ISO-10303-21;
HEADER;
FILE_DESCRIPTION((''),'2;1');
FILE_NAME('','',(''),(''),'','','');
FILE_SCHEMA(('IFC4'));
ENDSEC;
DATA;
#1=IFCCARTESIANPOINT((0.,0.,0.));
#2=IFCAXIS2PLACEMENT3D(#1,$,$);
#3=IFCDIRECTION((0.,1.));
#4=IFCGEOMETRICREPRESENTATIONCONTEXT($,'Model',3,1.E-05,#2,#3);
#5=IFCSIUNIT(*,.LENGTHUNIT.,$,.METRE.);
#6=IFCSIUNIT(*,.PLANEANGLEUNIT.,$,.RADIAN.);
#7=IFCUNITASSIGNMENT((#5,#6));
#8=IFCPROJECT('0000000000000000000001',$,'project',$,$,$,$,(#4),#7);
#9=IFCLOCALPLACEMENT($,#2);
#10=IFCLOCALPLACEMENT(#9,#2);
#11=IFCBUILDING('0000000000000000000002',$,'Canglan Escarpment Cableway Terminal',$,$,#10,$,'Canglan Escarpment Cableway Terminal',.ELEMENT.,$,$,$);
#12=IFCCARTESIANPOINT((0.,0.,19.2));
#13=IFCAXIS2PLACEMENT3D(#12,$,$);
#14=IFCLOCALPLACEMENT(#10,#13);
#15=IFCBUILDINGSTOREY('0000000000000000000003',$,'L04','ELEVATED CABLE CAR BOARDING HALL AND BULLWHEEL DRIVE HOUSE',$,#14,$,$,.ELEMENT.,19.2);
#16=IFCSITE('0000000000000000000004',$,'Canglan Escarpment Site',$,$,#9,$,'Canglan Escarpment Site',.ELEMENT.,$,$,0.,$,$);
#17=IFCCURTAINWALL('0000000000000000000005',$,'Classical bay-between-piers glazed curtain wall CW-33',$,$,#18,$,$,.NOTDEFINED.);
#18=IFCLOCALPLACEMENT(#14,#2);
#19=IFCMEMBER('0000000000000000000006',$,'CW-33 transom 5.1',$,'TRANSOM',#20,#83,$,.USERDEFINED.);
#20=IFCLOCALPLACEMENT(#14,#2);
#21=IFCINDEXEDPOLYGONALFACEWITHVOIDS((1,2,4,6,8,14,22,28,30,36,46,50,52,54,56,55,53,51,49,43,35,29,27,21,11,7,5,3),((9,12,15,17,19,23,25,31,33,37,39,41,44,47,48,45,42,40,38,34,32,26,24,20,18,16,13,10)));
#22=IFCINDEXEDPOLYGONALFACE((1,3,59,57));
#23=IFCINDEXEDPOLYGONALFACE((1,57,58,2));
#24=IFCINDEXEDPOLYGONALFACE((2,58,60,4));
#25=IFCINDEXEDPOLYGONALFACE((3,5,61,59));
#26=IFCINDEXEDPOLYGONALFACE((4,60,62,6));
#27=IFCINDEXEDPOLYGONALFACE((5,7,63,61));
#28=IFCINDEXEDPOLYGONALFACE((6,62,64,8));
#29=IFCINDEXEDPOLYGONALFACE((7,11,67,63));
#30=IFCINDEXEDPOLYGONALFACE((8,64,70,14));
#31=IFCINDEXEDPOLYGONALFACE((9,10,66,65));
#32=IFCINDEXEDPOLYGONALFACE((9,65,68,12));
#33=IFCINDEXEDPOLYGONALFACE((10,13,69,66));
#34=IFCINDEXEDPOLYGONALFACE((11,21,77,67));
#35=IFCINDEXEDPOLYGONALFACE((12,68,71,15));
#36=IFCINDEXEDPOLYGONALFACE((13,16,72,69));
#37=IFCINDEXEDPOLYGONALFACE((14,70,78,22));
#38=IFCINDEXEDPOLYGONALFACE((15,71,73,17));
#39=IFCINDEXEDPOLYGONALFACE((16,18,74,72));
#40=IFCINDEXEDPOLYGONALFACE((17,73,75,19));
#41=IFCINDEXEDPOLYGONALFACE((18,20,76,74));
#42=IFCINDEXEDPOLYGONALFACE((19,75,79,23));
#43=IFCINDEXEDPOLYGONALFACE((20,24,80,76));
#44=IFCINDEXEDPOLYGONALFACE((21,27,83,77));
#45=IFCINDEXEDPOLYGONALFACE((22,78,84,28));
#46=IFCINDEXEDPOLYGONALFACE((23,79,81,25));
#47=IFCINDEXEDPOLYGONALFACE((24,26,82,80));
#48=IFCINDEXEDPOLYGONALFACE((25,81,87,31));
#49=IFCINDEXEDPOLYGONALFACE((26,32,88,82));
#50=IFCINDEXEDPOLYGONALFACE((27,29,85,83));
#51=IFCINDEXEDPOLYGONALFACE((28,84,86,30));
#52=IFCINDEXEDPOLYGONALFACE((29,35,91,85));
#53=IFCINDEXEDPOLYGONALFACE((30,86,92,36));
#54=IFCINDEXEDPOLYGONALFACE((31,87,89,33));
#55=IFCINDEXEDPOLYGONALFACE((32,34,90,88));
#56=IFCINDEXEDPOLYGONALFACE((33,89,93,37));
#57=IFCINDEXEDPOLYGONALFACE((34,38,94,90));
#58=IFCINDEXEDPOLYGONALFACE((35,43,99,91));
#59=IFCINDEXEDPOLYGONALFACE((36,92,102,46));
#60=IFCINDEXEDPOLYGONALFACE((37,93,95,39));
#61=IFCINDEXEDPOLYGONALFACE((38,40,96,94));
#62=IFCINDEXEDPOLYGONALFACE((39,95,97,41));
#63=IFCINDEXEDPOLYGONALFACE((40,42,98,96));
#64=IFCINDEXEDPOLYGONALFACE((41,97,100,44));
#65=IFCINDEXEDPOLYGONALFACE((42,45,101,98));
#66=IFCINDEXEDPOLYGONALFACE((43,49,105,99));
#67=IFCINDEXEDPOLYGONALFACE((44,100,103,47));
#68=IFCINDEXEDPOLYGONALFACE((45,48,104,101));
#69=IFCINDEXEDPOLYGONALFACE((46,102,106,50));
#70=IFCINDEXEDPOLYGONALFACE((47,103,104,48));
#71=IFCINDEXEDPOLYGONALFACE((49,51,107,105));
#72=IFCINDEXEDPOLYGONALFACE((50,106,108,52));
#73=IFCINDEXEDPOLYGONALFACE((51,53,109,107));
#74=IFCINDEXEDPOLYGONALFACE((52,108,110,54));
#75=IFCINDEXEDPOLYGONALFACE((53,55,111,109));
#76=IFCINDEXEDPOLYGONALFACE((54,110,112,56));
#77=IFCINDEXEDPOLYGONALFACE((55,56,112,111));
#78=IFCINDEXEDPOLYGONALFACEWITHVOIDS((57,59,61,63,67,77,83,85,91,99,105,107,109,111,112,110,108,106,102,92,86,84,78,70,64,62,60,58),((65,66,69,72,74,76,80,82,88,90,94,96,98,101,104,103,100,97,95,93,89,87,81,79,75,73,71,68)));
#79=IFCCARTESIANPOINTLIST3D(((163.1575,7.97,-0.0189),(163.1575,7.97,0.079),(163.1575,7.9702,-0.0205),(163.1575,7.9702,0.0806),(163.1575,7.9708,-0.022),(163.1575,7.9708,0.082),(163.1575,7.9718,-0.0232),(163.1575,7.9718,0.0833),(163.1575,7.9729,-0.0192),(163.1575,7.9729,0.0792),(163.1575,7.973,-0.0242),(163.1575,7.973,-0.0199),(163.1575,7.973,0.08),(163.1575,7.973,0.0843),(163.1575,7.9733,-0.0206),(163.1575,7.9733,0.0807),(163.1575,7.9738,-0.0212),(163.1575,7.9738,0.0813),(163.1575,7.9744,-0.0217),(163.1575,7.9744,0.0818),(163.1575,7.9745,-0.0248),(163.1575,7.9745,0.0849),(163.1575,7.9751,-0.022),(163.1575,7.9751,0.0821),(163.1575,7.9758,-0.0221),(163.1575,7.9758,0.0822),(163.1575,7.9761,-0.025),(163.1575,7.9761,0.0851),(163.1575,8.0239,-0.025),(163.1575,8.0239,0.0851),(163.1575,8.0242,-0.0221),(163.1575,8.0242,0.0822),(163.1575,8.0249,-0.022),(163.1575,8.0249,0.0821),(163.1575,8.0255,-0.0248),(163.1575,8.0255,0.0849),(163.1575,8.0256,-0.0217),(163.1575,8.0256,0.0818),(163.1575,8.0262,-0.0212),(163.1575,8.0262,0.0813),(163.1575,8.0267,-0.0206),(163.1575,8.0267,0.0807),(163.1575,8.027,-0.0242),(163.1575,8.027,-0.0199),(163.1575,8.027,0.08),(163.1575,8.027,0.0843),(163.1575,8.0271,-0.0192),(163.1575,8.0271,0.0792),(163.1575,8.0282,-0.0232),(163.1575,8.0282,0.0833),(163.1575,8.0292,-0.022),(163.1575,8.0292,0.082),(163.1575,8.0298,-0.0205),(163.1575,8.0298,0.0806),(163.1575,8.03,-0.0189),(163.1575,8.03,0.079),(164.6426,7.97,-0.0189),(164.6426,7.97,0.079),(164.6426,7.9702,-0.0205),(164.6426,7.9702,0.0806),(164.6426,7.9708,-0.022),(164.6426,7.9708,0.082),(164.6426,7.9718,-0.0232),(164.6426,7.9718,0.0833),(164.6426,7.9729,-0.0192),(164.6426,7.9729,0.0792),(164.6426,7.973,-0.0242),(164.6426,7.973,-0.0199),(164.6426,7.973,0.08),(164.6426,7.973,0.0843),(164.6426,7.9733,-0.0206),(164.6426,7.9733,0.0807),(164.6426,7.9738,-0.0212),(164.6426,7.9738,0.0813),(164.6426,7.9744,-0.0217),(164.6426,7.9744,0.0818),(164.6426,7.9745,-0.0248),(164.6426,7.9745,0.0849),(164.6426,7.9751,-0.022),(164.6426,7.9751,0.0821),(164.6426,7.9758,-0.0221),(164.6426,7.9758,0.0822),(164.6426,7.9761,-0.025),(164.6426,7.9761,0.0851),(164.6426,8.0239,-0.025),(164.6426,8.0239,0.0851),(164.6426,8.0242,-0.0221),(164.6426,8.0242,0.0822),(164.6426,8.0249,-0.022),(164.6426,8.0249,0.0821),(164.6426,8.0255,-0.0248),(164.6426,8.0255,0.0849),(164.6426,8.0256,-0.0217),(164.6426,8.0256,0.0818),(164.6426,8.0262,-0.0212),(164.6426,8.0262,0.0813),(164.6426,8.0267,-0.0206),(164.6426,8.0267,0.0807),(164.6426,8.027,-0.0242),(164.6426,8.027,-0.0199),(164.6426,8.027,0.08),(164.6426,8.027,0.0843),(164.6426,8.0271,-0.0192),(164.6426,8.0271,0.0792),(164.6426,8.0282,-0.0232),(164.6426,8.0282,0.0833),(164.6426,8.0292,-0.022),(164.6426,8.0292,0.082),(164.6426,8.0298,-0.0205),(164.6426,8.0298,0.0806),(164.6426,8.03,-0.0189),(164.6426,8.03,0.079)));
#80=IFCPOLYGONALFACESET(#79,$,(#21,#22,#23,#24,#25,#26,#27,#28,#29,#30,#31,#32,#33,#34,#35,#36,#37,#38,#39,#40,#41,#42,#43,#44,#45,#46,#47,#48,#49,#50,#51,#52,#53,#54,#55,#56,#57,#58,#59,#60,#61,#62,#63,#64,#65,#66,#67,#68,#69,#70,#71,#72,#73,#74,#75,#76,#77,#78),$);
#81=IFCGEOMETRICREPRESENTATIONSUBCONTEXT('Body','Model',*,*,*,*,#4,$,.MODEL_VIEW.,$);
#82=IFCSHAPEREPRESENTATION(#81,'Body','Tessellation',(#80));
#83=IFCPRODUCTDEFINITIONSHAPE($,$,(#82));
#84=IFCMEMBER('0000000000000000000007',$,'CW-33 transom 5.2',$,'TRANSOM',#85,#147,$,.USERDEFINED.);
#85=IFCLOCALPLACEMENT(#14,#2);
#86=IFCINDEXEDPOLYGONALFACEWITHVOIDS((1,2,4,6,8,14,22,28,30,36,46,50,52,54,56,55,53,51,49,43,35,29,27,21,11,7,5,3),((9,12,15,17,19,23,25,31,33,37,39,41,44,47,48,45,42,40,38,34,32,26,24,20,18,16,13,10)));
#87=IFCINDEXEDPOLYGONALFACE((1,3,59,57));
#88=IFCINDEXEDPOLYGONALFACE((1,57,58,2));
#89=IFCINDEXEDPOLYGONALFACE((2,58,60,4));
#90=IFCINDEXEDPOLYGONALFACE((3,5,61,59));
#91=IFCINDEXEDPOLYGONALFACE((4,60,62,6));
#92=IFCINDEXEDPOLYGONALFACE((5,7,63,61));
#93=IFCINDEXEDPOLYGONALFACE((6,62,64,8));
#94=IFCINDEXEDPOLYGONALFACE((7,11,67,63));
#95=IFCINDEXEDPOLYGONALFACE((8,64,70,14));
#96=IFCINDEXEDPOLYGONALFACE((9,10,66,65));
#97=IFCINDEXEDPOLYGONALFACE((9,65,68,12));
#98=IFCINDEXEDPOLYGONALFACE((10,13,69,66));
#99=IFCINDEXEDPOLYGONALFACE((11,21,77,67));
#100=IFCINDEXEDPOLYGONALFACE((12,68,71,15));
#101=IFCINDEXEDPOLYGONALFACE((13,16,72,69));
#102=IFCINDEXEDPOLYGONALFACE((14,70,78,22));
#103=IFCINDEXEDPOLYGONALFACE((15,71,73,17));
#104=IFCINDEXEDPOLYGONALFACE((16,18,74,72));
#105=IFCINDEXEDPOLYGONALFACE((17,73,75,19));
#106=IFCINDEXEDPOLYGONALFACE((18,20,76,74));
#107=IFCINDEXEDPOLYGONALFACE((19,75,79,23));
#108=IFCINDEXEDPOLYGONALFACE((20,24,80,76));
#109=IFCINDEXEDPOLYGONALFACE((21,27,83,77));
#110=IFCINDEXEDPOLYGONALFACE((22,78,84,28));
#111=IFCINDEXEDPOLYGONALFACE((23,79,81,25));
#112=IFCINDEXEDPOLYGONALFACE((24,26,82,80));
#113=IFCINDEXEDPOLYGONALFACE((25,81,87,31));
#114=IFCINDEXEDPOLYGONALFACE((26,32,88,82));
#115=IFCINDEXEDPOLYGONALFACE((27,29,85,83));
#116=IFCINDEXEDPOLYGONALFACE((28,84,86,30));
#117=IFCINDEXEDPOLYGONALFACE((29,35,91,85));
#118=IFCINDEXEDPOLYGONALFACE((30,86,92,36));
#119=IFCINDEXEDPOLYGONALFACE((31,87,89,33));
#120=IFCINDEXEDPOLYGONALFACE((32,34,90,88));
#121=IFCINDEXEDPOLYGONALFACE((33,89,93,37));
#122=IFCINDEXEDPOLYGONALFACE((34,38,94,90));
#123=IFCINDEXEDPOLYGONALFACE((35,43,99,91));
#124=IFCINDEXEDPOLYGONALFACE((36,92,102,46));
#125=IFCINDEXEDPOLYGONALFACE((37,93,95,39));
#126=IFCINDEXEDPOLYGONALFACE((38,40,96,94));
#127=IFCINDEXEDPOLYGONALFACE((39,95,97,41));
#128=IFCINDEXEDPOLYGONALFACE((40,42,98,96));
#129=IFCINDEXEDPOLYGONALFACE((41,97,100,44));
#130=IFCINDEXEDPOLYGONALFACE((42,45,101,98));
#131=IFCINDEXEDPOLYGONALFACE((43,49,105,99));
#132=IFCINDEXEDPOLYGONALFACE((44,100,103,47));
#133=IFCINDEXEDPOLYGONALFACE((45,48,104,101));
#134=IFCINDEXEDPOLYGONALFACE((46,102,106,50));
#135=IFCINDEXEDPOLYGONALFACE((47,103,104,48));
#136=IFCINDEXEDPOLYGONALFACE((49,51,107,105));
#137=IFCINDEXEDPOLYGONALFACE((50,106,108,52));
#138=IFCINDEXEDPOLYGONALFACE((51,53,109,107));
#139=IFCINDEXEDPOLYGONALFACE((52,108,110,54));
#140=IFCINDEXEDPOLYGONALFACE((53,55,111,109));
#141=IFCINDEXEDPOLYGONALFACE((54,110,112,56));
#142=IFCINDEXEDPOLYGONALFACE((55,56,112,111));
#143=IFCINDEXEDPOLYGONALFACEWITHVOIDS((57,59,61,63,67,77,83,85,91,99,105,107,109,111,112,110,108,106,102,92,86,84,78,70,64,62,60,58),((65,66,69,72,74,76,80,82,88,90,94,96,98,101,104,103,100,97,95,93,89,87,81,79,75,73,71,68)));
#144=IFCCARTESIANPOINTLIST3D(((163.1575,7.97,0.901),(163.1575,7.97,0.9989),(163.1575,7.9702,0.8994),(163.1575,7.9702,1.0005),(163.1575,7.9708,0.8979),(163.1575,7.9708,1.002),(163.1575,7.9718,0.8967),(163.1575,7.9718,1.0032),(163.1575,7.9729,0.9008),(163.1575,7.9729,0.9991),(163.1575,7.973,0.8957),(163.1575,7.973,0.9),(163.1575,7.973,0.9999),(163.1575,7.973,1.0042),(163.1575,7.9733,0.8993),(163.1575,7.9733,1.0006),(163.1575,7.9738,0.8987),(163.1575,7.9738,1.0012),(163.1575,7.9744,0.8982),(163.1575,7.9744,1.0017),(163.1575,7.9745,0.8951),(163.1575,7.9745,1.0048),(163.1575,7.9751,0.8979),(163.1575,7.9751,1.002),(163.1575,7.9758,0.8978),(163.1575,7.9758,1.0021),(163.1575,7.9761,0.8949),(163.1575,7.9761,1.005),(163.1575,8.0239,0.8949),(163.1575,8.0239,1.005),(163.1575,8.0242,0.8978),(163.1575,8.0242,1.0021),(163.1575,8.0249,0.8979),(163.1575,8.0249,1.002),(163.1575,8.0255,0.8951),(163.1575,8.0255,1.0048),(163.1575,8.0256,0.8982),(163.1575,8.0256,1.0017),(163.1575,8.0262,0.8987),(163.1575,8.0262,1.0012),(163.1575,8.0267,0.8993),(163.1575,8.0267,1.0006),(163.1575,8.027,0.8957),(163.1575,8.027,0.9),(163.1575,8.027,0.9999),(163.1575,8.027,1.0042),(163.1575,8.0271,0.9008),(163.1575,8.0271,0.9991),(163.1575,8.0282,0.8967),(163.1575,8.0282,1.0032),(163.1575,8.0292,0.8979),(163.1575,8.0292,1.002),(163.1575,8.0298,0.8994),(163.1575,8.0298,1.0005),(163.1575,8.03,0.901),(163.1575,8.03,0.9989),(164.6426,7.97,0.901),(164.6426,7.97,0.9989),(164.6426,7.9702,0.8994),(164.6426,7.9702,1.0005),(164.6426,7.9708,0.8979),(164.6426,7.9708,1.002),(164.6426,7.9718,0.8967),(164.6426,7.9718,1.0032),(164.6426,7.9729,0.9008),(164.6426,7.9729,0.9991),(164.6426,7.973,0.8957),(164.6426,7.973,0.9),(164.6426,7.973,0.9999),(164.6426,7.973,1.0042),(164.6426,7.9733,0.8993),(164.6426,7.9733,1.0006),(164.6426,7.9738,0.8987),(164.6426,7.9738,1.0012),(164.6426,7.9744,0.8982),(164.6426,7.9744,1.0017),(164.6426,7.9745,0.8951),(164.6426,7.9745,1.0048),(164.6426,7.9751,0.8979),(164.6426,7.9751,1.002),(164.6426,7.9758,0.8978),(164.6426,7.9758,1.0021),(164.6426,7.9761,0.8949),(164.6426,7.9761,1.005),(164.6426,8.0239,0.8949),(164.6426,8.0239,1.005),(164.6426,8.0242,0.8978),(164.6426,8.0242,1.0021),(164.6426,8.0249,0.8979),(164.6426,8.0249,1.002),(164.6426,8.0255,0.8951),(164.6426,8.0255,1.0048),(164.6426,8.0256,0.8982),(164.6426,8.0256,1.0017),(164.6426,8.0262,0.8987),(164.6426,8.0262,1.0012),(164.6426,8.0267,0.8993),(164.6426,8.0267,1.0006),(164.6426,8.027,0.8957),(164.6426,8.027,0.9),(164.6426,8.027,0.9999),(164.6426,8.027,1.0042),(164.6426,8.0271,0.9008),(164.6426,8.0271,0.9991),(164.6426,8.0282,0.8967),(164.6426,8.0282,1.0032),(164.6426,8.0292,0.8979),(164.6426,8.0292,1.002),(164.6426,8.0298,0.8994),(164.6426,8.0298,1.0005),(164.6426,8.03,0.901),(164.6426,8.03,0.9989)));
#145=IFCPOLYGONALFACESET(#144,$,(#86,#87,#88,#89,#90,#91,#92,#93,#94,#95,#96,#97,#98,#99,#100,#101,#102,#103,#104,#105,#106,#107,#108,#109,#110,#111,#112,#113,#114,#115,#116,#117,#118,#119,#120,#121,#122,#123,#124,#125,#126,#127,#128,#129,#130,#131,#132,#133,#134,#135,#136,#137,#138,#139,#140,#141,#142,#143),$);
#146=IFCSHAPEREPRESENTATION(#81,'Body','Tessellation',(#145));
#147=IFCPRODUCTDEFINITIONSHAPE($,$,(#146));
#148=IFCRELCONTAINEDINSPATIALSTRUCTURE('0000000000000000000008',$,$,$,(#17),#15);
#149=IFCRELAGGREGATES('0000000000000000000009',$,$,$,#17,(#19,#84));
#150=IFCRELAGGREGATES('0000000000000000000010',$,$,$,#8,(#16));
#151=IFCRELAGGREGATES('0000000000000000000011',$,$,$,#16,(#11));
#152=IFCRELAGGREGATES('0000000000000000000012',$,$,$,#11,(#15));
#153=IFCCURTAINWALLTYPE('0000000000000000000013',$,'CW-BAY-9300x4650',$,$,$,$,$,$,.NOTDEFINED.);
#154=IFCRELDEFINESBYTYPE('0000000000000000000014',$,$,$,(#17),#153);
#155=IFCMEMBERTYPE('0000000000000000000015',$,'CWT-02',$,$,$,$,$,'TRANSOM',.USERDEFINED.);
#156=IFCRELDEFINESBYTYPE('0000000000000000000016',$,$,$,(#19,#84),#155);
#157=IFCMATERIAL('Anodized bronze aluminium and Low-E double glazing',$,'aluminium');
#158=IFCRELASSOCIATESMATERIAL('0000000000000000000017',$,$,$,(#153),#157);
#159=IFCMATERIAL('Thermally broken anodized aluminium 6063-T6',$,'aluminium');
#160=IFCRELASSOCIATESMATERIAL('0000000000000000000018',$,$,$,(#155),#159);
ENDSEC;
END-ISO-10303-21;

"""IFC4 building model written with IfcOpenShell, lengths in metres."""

from ifc_helpers import new_model, si_unit, direction, frame, origin, origin_2d, place, context, subcontext, project, spatial, hollow_rectangle, extrude, material, material_profile, profile_set, type_object, element, aggregate, save


model = new_model("IFC4")

# Units and contexts
model_context = context("Model", 3, precision=1e-05, world=origin(), true_north=direction((0.0, 1.0)))
body_context = subcontext(model_context, "Body", "Model", "MODEL_VIEW")
ifc_project = project(units=[si_unit("LENGTHUNIT", "METRE"), si_unit("PLANEANGLEUNIT", "RADIAN")], contexts=[model_context])

# Site, building, storey
site_placement = place(None, origin())
site = spatial("IfcSite", under=ifc_project, at=site_placement, Name="Canglan Escarpment Site", LongName="Canglan Escarpment Site", CompositionType="ELEMENT", RefElevation=0.0)
building_placement = place(site_placement, origin())
building = spatial("IfcBuilding", under=site, at=building_placement, Name="Canglan Escarpment Cableway Terminal", LongName="Canglan Escarpment Cableway Terminal", CompositionType="ELEMENT")
storey_placement = place(building_placement, frame((0.0, 0.0, 19.2)))
storey = spatial("IfcBuildingStorey", under=building, at=storey_placement, Name="L04", Description="ELEVATED CABLE CAR BOARDING HALL AND BULLWHEEL DRIVE HOUSE", CompositionType="ELEMENT", Elevation=19.2)

# Curtain wall, members
ifc_material_1 = material(Name="Anodized bronze aluminium and Low-E double glazing", Category="aluminium")
curtain_wall_type = type_object("IfcCurtainWallType", Name="CW-BAY-9300x4650", PredefinedType="NOTDEFINED", material=ifc_material_1)
curtain_wall_placement = place(storey_placement, origin())
curtain_wall = element("IfcCurtainWall", 1, at=curtain_wall_placement, inside=storey, type_object=curtain_wall_type, Name="Classical bay-between-piers glazed curtain wall CW-33", PredefinedType="NOTDEFINED")
ifc_material_2 = material(Name="Thermally broken anodized aluminium 6063-T6", Category="aluminium")
ifc_material_profile_1 = material_profile(ifc_material_2, hollow_rectangle(XDim=0.0601, YDim=0.1101, WallThickness=0.0029, InnerFilletRadius=0.0029, OuterFilletRadius=0.0061, at=origin_2d()), Name="ALU-TRAN 60x110x3")
ifc_profile_set_1 = profile_set([ifc_material_profile_1], Name="Thermally broken anodized aluminium 6063-T6")
member_type_1 = type_object("IfcMemberType", Name="CWT-02", ElementType="TRANSOM", PredefinedType="USERDEFINED", material=ifc_profile_set_1)
member_1_placement = place(storey_placement, frame((163.1575, 8.0, 0.03), z_axis=(1.0, 0.0, 0.0), x_axis=(0.0, 1.0, 0.0)))
member_1 = element("IfcMember", 2, at=member_1_placement, type_object=member_type_1, Name="CW-33 transom 5.1", ObjectType="TRANSOM", PredefinedType="USERDEFINED", context=body_context, shape_type="SweptSolid", body=[
    extrude(hollow_rectangle(XDim=0.0601, YDim=0.1101, WallThickness=0.0029, InnerFilletRadius=0.0029, OuterFilletRadius=0.0061, at=origin_2d()), origin(), (0.0, 0.0, 1.0), 1.4851),
])
member_2_placement = place(storey_placement, frame((163.1575, 8.0, 0.95), z_axis=(1.0, 0.0, 0.0), x_axis=(0.0, 1.0, 0.0)))
member_2 = element("IfcMember", 3, at=member_2_placement, type_object=member_type_1, Name="CW-33 transom 5.2", ObjectType="TRANSOM", PredefinedType="USERDEFINED", context=body_context, shape_type="SweptSolid", body=[
    extrude(hollow_rectangle(XDim=0.0601, YDim=0.1101, WallThickness=0.0029, InnerFilletRadius=0.0029, OuterFilletRadius=0.0061, at=origin_2d()), origin(), (0.0, 0.0, 1.0), 1.4851),
])
aggregate(curtain_wall, [member_1, member_2])

save(model, "model.ifc")
